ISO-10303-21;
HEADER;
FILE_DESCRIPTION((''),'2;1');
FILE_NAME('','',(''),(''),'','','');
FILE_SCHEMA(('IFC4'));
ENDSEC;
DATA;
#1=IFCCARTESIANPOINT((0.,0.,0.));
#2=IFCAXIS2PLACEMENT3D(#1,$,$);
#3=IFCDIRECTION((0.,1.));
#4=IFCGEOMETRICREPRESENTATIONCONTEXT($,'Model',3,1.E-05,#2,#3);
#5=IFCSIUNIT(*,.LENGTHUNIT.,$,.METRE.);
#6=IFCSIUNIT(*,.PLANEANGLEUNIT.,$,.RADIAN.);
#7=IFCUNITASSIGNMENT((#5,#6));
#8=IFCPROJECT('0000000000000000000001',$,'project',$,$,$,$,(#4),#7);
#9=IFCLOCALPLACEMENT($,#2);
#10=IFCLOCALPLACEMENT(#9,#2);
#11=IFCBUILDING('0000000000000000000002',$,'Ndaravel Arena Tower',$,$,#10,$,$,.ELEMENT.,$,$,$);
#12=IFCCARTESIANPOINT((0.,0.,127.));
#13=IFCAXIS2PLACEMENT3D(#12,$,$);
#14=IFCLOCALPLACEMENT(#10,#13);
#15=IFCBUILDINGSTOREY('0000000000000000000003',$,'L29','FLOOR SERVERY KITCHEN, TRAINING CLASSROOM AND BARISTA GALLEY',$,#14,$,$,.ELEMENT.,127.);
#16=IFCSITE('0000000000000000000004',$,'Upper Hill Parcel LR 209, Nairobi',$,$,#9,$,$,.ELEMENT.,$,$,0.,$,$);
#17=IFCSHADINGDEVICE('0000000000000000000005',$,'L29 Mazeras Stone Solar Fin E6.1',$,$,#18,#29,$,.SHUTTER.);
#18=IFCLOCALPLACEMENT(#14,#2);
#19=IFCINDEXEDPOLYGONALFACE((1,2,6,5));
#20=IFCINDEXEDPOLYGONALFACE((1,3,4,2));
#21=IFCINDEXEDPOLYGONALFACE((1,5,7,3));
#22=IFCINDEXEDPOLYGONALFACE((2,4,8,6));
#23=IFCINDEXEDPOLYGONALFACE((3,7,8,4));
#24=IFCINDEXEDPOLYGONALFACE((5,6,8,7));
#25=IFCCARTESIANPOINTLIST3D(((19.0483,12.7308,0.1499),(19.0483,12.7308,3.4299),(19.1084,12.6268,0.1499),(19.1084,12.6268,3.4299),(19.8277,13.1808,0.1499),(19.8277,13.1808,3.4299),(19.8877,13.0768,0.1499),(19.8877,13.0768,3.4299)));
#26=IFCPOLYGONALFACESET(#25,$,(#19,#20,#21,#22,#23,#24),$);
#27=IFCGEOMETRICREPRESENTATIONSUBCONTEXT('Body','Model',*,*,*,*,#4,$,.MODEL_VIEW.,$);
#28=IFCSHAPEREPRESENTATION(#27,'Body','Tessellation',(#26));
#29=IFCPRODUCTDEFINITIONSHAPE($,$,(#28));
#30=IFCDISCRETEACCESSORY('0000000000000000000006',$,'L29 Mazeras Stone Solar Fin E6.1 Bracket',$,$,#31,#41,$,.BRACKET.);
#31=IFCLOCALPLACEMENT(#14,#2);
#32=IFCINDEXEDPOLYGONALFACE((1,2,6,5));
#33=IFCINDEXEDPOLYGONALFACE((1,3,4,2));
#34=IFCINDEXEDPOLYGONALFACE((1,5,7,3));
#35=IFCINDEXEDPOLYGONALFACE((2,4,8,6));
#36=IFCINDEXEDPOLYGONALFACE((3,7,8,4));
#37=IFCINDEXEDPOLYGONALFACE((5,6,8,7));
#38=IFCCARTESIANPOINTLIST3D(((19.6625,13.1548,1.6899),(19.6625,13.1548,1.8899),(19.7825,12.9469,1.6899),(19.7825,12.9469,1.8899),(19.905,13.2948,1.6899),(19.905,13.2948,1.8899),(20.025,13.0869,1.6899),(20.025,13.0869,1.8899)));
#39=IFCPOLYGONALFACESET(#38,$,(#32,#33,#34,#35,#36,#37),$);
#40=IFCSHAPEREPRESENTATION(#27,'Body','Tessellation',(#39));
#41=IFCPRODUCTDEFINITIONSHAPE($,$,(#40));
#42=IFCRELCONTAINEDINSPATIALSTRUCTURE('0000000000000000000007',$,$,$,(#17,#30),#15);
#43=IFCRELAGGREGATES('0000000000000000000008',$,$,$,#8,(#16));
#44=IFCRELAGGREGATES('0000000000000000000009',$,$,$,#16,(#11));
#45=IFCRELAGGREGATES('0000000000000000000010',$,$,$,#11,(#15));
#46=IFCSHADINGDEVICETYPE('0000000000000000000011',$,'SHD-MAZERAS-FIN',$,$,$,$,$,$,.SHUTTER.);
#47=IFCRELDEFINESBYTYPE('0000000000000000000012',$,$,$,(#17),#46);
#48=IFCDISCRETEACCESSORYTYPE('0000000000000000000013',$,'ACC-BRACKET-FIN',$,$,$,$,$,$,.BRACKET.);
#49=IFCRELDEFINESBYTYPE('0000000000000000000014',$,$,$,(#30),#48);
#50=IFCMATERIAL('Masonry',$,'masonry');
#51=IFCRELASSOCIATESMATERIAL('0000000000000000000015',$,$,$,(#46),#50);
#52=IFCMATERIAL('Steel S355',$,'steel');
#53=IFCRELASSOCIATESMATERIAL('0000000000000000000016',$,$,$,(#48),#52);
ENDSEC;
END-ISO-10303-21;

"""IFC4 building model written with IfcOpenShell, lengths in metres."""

from ifc_helpers import new_model, si_unit, direction, frame, origin, origin_2d, place, context, subcontext, project, spatial, rectangle, extrude, material, type_object, element, save


model = new_model("IFC4")

# Units and contexts
model_context = context("Model", 3, precision=1e-05, world=origin(), true_north=direction((0.0, 1.0)))
body_context = subcontext(model_context, "Body", "Model", "MODEL_VIEW")
ifc_project = project(units=[si_unit("LENGTHUNIT", "METRE"), si_unit("PLANEANGLEUNIT", "RADIAN")], contexts=[model_context])

# Site, building, storey
site_placement = place(None, origin())
site = spatial("IfcSite", under=ifc_project, at=site_placement, Name="Upper Hill Parcel LR 209, Nairobi", CompositionType="ELEMENT", RefElevation=0.0)
building_placement = place(site_placement, origin())
building = spatial("IfcBuilding", under=site, at=building_placement, Name="Ndaravel Arena Tower", CompositionType="ELEMENT")
storey_placement = place(building_placement, frame((0.0, 0.0, 127.0)))
storey = spatial("IfcBuildingStorey", under=building, at=storey_placement, Name="L29", Description="FLOOR SERVERY KITCHEN, TRAINING CLASSROOM AND BARISTA GALLEY", CompositionType="ELEMENT", Elevation=127.0)

# Shading device
ifc_material_1 = material(Name="Masonry", Category="masonry")
shading_device_type = type_object("IfcShadingDeviceType", Name="SHD-MAZERAS-FIN", PredefinedType="SHUTTER", material=ifc_material_1)
shading_device_placement = place(storey_placement, frame((19.468, 12.9038, 0.1499), z_axis=(0.0, 0.0, 1.0), x_axis=(-0.866025, -0.5, 0.0)))
element("IfcShadingDevice", 1, at=shading_device_placement, inside=storey, type_object=shading_device_type, Name="L29 Mazeras Stone Solar Fin E6.1", PredefinedType="SHUTTER", context=body_context, shape_type="SweptSolid", body=[
    extrude(rectangle(XDim=0.8999, YDim=0.1201, at=origin_2d()), origin(), (0.0, 0.0, 1.0), 3.28),
])

# Discrete accessory
ifc_material_2 = material(Name="Steel S355", Category="steel")
discrete_accessory_type = type_object("IfcDiscreteAccessoryType", Name="ACC-BRACKET-FIN", PredefinedType="BRACKET", material=ifc_material_2)
discrete_accessory_placement = place(storey_placement, frame((19.8438, 13.1208, 1.6899), z_axis=(0.0, 0.0, 1.0), x_axis=(-0.866025, -0.5, 0.0)))
element("IfcDiscreteAccessory", 2, at=discrete_accessory_placement, inside=storey, type_object=discrete_accessory_type, Name="L29 Mazeras Stone Solar Fin E6.1 Bracket", PredefinedType="BRACKET", context=body_context, shape_type="SweptSolid", body=[
    extrude(rectangle(XDim=0.28, YDim=0.24, at=origin_2d()), origin(), (0.0, 0.0, 1.0), 0.2),
])

save(model, "model.ifc")
